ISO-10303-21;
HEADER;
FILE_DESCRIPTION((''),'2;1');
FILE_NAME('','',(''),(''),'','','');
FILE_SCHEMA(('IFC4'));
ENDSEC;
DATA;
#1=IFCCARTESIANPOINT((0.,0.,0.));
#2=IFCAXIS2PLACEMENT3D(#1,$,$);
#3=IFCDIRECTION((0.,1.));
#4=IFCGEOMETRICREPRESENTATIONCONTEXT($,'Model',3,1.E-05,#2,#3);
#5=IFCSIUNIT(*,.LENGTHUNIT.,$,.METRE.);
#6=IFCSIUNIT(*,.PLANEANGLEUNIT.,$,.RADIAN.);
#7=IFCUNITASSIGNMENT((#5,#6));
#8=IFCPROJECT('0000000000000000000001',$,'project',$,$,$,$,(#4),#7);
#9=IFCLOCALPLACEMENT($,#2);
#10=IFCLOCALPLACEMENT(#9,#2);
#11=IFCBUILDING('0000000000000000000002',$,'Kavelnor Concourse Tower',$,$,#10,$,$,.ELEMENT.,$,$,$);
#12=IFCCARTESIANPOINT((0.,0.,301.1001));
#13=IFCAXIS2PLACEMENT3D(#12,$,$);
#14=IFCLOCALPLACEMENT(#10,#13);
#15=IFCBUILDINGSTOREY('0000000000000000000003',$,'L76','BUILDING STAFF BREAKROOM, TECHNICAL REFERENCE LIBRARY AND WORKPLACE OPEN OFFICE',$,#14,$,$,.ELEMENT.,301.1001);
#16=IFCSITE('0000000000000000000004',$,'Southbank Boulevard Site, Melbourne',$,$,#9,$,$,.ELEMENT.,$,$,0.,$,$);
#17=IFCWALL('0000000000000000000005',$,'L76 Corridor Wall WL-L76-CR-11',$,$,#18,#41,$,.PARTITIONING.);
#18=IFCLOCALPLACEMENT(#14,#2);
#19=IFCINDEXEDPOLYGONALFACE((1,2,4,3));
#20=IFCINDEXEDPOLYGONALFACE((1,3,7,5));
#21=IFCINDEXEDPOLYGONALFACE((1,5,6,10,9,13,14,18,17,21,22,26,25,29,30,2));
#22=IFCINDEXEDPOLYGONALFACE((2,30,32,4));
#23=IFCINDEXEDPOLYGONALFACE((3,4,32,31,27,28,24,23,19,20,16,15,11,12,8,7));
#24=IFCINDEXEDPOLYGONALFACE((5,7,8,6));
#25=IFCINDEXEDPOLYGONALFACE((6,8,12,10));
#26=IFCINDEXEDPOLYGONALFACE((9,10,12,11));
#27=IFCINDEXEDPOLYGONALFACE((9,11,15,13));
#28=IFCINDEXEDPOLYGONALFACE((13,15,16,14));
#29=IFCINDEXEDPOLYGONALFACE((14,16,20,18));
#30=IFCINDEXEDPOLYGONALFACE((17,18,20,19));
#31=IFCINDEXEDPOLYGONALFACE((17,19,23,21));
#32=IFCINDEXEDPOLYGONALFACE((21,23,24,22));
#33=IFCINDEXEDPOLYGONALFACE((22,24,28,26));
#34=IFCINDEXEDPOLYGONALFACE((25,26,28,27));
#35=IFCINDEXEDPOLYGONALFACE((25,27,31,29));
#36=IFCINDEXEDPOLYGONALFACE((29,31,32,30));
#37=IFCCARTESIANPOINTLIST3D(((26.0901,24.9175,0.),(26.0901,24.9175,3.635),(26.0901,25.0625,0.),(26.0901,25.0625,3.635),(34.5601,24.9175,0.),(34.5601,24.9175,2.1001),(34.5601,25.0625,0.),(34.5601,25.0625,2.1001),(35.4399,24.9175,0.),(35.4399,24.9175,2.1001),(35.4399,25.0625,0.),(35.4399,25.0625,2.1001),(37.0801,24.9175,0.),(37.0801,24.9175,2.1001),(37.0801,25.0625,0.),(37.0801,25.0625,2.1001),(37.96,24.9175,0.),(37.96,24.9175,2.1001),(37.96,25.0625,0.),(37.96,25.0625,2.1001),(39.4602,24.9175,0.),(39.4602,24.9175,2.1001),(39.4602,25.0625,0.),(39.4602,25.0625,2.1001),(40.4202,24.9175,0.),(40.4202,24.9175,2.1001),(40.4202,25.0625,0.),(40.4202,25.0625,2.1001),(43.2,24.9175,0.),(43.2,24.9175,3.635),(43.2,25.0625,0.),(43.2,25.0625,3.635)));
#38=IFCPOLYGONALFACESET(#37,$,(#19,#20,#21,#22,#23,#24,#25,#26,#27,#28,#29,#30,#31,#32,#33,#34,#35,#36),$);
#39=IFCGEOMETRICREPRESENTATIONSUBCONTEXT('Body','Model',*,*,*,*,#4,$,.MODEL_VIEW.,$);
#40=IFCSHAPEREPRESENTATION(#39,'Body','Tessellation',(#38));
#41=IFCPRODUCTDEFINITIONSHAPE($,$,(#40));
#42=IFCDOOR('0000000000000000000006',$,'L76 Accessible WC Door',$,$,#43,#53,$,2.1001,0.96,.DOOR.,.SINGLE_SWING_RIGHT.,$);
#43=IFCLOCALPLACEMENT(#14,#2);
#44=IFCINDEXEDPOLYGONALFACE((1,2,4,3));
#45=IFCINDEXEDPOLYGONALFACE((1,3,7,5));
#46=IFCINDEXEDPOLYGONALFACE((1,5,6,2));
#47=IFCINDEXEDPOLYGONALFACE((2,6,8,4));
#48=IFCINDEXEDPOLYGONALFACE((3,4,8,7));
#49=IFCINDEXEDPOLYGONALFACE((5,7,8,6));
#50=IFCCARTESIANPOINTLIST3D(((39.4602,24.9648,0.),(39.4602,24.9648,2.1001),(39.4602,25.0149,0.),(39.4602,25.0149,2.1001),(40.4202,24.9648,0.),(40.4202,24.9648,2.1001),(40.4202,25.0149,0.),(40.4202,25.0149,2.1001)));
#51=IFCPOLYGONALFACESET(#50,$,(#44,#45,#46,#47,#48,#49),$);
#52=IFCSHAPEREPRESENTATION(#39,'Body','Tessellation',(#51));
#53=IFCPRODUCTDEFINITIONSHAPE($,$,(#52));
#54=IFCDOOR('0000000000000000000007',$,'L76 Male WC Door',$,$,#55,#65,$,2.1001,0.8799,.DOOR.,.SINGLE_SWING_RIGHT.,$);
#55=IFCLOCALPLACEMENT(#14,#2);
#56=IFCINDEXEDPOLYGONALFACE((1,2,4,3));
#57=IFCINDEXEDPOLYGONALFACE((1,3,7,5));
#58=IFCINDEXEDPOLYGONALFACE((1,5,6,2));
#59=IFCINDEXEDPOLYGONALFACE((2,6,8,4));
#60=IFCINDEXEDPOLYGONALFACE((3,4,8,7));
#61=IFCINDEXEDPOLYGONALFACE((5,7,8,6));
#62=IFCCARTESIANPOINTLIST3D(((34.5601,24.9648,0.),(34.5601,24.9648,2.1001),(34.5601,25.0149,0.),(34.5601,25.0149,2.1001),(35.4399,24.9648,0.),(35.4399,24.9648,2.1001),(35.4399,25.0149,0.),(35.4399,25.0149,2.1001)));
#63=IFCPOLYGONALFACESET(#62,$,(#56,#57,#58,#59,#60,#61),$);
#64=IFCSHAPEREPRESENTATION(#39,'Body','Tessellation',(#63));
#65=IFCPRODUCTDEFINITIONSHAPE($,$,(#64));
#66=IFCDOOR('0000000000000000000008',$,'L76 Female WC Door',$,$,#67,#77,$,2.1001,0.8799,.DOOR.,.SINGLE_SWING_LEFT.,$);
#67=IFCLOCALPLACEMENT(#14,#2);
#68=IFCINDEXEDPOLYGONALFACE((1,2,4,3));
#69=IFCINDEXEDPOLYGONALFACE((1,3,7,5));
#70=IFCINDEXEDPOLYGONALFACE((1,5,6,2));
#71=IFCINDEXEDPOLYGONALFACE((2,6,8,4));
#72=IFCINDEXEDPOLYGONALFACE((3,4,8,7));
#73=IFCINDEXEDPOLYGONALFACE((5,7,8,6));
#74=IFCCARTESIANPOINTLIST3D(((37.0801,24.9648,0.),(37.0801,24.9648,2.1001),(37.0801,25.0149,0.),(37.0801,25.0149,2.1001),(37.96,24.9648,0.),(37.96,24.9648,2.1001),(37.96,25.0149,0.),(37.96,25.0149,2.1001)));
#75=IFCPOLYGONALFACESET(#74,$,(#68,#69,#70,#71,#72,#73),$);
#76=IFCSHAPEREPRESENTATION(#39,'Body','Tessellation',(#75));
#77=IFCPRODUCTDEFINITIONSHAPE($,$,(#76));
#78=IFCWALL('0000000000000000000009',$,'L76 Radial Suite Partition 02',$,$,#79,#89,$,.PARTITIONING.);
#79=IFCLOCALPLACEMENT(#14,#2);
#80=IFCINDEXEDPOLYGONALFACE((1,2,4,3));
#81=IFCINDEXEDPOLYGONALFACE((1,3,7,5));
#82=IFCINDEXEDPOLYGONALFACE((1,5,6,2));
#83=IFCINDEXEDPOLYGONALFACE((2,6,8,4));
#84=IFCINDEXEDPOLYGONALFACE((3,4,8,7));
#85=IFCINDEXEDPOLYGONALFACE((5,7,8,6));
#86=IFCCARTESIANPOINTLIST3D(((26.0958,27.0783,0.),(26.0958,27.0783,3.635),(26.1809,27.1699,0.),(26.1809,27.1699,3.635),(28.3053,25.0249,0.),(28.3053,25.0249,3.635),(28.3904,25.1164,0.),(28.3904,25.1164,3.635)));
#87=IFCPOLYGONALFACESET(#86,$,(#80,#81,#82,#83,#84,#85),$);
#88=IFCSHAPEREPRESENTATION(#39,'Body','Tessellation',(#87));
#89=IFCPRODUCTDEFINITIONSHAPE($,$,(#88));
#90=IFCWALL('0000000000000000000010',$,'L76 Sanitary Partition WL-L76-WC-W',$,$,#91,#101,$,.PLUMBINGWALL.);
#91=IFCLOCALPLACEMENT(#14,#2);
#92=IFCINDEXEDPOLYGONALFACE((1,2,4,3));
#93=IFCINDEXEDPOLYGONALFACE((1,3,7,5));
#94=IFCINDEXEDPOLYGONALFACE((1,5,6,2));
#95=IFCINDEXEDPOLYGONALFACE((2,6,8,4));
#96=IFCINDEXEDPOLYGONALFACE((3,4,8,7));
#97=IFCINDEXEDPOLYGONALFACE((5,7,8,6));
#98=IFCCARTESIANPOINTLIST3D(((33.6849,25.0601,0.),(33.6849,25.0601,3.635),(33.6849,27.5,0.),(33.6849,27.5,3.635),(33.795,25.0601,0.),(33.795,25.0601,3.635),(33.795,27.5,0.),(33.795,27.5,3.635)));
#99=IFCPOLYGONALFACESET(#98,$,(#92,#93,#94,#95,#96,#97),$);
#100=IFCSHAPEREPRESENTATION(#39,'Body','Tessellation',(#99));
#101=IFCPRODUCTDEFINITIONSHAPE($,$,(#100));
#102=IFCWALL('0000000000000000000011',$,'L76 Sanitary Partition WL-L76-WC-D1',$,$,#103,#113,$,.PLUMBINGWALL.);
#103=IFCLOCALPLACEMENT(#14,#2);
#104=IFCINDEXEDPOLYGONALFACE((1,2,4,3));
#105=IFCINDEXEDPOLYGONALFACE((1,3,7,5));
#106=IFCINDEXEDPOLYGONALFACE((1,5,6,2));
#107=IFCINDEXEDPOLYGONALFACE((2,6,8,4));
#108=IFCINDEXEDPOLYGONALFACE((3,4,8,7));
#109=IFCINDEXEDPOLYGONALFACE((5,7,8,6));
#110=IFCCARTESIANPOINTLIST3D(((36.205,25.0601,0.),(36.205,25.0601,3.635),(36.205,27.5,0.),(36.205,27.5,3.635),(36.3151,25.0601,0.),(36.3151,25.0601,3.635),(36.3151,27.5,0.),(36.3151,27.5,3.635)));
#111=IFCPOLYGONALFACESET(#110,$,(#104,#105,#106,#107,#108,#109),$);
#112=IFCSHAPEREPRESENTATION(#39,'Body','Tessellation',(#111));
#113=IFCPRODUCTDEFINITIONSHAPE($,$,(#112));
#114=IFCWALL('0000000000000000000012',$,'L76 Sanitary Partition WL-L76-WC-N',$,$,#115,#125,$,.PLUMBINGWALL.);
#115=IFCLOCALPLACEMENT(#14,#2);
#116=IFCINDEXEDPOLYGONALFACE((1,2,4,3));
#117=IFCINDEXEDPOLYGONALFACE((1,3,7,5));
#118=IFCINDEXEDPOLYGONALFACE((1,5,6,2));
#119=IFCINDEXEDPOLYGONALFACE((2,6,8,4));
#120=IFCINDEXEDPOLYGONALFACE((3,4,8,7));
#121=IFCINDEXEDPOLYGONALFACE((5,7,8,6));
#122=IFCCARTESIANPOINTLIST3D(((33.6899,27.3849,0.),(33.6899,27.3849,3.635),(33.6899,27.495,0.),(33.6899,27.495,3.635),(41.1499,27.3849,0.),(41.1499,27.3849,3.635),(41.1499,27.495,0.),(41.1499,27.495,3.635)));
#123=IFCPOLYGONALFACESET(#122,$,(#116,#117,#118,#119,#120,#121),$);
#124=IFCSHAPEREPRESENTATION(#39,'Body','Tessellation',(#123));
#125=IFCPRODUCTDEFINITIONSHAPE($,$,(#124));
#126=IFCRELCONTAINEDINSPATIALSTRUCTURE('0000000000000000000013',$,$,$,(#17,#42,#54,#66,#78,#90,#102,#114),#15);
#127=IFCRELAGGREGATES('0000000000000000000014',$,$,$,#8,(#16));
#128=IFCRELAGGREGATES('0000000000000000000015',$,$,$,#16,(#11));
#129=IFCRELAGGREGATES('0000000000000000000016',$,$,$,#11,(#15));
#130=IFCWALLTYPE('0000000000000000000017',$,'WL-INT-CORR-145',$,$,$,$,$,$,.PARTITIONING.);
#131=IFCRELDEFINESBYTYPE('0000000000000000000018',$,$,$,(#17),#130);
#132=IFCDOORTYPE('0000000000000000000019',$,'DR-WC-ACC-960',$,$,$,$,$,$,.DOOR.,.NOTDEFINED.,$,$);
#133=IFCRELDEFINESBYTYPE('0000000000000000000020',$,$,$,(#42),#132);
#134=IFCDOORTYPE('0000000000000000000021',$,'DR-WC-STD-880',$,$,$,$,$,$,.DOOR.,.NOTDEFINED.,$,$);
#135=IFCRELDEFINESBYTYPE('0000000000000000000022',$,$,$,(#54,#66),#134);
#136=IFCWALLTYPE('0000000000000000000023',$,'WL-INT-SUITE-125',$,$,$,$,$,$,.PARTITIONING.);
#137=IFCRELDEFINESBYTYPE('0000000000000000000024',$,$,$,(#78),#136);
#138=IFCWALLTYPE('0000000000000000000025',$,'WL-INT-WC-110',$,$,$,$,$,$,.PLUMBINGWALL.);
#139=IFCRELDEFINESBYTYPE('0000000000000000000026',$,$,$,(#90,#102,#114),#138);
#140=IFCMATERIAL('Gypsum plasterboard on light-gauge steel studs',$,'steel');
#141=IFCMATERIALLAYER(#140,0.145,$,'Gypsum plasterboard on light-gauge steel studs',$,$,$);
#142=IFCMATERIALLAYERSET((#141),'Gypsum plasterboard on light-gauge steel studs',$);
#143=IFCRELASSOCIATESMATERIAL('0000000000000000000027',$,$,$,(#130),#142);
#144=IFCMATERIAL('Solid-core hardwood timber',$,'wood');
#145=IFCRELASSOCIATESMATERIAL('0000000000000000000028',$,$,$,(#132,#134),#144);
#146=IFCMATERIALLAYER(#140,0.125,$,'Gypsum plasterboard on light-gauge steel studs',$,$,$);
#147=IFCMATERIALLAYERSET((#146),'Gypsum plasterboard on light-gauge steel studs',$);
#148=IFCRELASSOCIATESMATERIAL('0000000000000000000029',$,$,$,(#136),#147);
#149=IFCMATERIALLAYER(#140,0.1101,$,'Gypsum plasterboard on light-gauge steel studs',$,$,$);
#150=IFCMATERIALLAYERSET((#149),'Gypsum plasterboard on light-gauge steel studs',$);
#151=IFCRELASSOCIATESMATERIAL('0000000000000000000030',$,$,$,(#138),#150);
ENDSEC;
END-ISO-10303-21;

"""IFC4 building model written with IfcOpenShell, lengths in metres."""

from ifc_helpers import new_model, si_unit, direction, frame, frame_2d, origin, place, context, subcontext, project, spatial, rectangle, extrude, material, layer, layer_set, type_object, element, fill, save


model = new_model("IFC4")

# Units and contexts
model_context = context("Model", 3, precision=1e-05, world=origin(), true_north=direction((0.0, 1.0)))
body_context = subcontext(model_context, "Body", "Model", "MODEL_VIEW")
ifc_project = project(units=[si_unit("LENGTHUNIT", "METRE"), si_unit("PLANEANGLEUNIT", "RADIAN")], contexts=[model_context])

# Site, building, storey
site_placement = place(None, origin())
site = spatial("IfcSite", under=ifc_project, at=site_placement, Name="Southbank Boulevard Site, Melbourne", CompositionType="ELEMENT", RefElevation=0.0)
building_placement = place(site_placement, origin())
building = spatial("IfcBuilding", under=site, at=building_placement, Name="Kavelnor Concourse Tower", CompositionType="ELEMENT")
storey_placement = place(building_placement, frame((0.0, 0.0, 301.1001)))
storey = spatial("IfcBuildingStorey", under=building, at=storey_placement, Name="L76", Description="BUILDING STAFF BREAKROOM, TECHNICAL REFERENCE LIBRARY AND WORKPLACE OPEN OFFICE", CompositionType="ELEMENT", Elevation=301.1001)

# Wall, openings, doors
ifc_material_1 = material(Name="Gypsum plasterboard on light-gauge steel studs", Category="steel")
ifc_layer_1 = layer(ifc_material_1, 0.145, Name="Gypsum plasterboard on light-gauge steel studs")
ifc_layer_set_1 = layer_set([ifc_layer_1], Name="Gypsum plasterboard on light-gauge steel studs")
wall_type_1 = type_object("IfcWallType", Name="WL-INT-CORR-145", PredefinedType="PARTITIONING", material=ifc_layer_set_1)
wall_1_placement = place(storey_placement, frame((26.0901, 24.99, 0.0), z_axis=(0.0, 0.0, 1.0), x_axis=(1.0, 0.0, 0.0)))
wall_1 = element("IfcWall", 1, at=wall_1_placement, inside=storey, type_object=wall_type_1, Name="L76 Corridor Wall WL-L76-CR-11", PredefinedType="PARTITIONING", context=body_context, shape_type="SweptSolid", body=[
    extrude(rectangle(XDim=17.1099, YDim=0.145, at=frame_2d((8.5549, 0.0))), origin(), (0.0, 0.0, 1.0), 3.635),
])
opening_1_placement = place(wall_1_placement, frame((8.47, 0.0, 0.0)))
opening_1 = element("IfcOpeningElement", 2, at=opening_1_placement, cuts=wall_1, PredefinedType="OPENING", context=body_context, shape_type="SweptSolid", body=[
    extrude(rectangle(XDim=0.8799, YDim=2.1001, at=frame_2d((0.4399, 1.05))), frame((0.0, 0.0825, 0.0), z_axis=(0.0, -1.0, 0.0), x_axis=(1.0, 0.0, 0.0)), (0.0, 0.0, 1.0), 0.165),
])
opening_2_placement = place(wall_1_placement, frame((10.99, 0.0, 0.0)))
opening_2 = element("IfcOpeningElement", 3, at=opening_2_placement, cuts=wall_1, PredefinedType="OPENING", context=body_context, shape_type="SweptSolid", body=[
    extrude(rectangle(XDim=0.8799, YDim=2.1001, at=frame_2d((0.4399, 1.05))), frame((0.0, 0.0825, 0.0), z_axis=(0.0, -1.0, 0.0), x_axis=(1.0, 0.0, 0.0)), (0.0, 0.0, 1.0), 0.165),
])
opening_3_placement = place(wall_1_placement, frame((13.3701, 0.0, 0.0)))
opening_3 = element("IfcOpeningElement", 4, at=opening_3_placement, cuts=wall_1, PredefinedType="OPENING", context=body_context, shape_type="SweptSolid", body=[
    extrude(rectangle(XDim=0.96, YDim=2.1001, at=frame_2d((0.48, 1.05))), frame((0.0, 0.0825, 0.0), z_axis=(0.0, -1.0, 0.0), x_axis=(1.0, 0.0, 0.0)), (0.0, 0.0, 1.0), 0.165),
])
ifc_material_2 = material(Name="Solid-core hardwood timber", Category="wood")
door_type_1 = type_object("IfcDoorType", Name="DR-WC-ACC-960", OperationType="NOTDEFINED", PredefinedType="DOOR", material=ifc_material_2)
door_1_placement = place(opening_3_placement, origin())
door_1 = element("IfcDoor", 5, at=door_1_placement, inside=storey, type_object=door_type_1, Name="L76 Accessible WC Door", OperationType="SINGLE_SWING_RIGHT", OverallHeight=2.1001, OverallWidth=0.96, PredefinedType="DOOR", context=body_context, shape_type="SweptSolid", body=[
    extrude(rectangle(XDim=0.96, YDim=2.1001, at=frame_2d((0.48, 1.05))), frame((0.0, 0.0249, 0.0), z_axis=(0.0, -1.0, 0.0), x_axis=(1.0, 0.0, 0.0)), (0.0, 0.0, 1.0), 0.05),
])
fill(opening_3, door_1)
door_type_2 = type_object("IfcDoorType", Name="DR-WC-STD-880", OperationType="NOTDEFINED", PredefinedType="DOOR", material=ifc_material_2)
door_2_placement = place(opening_1_placement, origin())
door_2 = element("IfcDoor", 6, at=door_2_placement, inside=storey, type_object=door_type_2, Name="L76 Male WC Door", OperationType="SINGLE_SWING_RIGHT", OverallHeight=2.1001, OverallWidth=0.8799, PredefinedType="DOOR", context=body_context, shape_type="SweptSolid", body=[
    extrude(rectangle(XDim=0.8799, YDim=2.1001, at=frame_2d((0.4399, 1.05))), frame((0.0, 0.0249, 0.0), z_axis=(0.0, -1.0, 0.0), x_axis=(1.0, 0.0, 0.0)), (0.0, 0.0, 1.0), 0.05),
])
fill(opening_1, door_2)
door_3_placement = place(opening_2_placement, origin())
door_3 = element("IfcDoor", 7, at=door_3_placement, inside=storey, type_object=door_type_2, Name="L76 Female WC Door", OperationType="SINGLE_SWING_LEFT", OverallHeight=2.1001, OverallWidth=0.8799, PredefinedType="DOOR", context=body_context, shape_type="SweptSolid", body=[
    extrude(rectangle(XDim=0.8799, YDim=2.1001, at=frame_2d((0.4399, 1.05))), frame((0.0, 0.0249, 0.0), z_axis=(0.0, -1.0, 0.0), x_axis=(1.0, 0.0, 0.0)), (0.0, 0.0, 1.0), 0.05),
])
fill(opening_2, door_3)

# Walls
ifc_layer_2 = layer(ifc_material_1, 0.125, Name="Gypsum plasterboard on light-gauge steel studs")
ifc_layer_set_2 = layer_set([ifc_layer_2], Name="Gypsum plasterboard on light-gauge steel studs")
wall_type_2 = type_object("IfcWallType", Name="WL-INT-SUITE-125", PredefinedType="PARTITIONING", material=ifc_layer_set_2)
wall_2_placement = place(storey_placement, frame((28.3479, 25.0706, 0.0), z_axis=(0.0, 0.0, 1.0), x_axis=(-0.732494, 0.680774, 0.0)))
element("IfcWall", 8, at=wall_2_placement, inside=storey, type_object=wall_type_2, Name="L76 Radial Suite Partition 02", PredefinedType="PARTITIONING", context=body_context, shape_type="SweptSolid", body=[
    extrude(rectangle(XDim=3.0164, YDim=0.125, at=frame_2d((1.5083, 0.0))), origin(), (0.0, 0.0, 1.0), 3.635),
])
ifc_layer_3 = layer(ifc_material_1, 0.1101, Name="Gypsum plasterboard on light-gauge steel studs")
ifc_layer_set_3 = layer_set([ifc_layer_3], Name="Gypsum plasterboard on light-gauge steel studs")
wall_type_3 = type_object("IfcWallType", Name="WL-INT-WC-110", PredefinedType="PLUMBINGWALL", material=ifc_layer_set_3)
for number, where, z_axis, x_axis, name in (
    (9, (33.74, 25.0601, 0.0), (0.0, 0.0, 1.0), (0.0, 1.0, 0.0), "L76 Sanitary Partition WL-L76-WC-W"),
    (10, (36.26, 25.0601, 0.0), (0.0, 0.0, 1.0), (0.0, 1.0, 0.0), "L76 Sanitary Partition WL-L76-WC-D1"),
):
    element("IfcWall", number, at=place(storey_placement, frame(where, z_axis=z_axis, x_axis=x_axis)), inside=storey, type_object=wall_type_3, Name=name, PredefinedType="PLUMBINGWALL", context=body_context, shape_type="SweptSolid", body=[
        extrude(rectangle(XDim=2.4399, YDim=0.1101, at=frame_2d((1.22, 0.0))), origin(), (0.0, 0.0, 1.0), 3.635),
    ])
wall_3_placement = place(storey_placement, frame((33.6899, 27.4399, 0.0), z_axis=(0.0, 0.0, 1.0), x_axis=(1.0, 0.0, 0.0)))
element("IfcWall", 11, at=wall_3_placement, inside=storey, type_object=wall_type_3, Name="L76 Sanitary Partition WL-L76-WC-N", PredefinedType="PLUMBINGWALL", context=body_context, shape_type="SweptSolid", body=[
    extrude(rectangle(XDim=7.46, YDim=0.1101, at=frame_2d((3.73, 0.0))), origin(), (0.0, 0.0, 1.0), 3.635),
])

save(model, "model.ifc")
